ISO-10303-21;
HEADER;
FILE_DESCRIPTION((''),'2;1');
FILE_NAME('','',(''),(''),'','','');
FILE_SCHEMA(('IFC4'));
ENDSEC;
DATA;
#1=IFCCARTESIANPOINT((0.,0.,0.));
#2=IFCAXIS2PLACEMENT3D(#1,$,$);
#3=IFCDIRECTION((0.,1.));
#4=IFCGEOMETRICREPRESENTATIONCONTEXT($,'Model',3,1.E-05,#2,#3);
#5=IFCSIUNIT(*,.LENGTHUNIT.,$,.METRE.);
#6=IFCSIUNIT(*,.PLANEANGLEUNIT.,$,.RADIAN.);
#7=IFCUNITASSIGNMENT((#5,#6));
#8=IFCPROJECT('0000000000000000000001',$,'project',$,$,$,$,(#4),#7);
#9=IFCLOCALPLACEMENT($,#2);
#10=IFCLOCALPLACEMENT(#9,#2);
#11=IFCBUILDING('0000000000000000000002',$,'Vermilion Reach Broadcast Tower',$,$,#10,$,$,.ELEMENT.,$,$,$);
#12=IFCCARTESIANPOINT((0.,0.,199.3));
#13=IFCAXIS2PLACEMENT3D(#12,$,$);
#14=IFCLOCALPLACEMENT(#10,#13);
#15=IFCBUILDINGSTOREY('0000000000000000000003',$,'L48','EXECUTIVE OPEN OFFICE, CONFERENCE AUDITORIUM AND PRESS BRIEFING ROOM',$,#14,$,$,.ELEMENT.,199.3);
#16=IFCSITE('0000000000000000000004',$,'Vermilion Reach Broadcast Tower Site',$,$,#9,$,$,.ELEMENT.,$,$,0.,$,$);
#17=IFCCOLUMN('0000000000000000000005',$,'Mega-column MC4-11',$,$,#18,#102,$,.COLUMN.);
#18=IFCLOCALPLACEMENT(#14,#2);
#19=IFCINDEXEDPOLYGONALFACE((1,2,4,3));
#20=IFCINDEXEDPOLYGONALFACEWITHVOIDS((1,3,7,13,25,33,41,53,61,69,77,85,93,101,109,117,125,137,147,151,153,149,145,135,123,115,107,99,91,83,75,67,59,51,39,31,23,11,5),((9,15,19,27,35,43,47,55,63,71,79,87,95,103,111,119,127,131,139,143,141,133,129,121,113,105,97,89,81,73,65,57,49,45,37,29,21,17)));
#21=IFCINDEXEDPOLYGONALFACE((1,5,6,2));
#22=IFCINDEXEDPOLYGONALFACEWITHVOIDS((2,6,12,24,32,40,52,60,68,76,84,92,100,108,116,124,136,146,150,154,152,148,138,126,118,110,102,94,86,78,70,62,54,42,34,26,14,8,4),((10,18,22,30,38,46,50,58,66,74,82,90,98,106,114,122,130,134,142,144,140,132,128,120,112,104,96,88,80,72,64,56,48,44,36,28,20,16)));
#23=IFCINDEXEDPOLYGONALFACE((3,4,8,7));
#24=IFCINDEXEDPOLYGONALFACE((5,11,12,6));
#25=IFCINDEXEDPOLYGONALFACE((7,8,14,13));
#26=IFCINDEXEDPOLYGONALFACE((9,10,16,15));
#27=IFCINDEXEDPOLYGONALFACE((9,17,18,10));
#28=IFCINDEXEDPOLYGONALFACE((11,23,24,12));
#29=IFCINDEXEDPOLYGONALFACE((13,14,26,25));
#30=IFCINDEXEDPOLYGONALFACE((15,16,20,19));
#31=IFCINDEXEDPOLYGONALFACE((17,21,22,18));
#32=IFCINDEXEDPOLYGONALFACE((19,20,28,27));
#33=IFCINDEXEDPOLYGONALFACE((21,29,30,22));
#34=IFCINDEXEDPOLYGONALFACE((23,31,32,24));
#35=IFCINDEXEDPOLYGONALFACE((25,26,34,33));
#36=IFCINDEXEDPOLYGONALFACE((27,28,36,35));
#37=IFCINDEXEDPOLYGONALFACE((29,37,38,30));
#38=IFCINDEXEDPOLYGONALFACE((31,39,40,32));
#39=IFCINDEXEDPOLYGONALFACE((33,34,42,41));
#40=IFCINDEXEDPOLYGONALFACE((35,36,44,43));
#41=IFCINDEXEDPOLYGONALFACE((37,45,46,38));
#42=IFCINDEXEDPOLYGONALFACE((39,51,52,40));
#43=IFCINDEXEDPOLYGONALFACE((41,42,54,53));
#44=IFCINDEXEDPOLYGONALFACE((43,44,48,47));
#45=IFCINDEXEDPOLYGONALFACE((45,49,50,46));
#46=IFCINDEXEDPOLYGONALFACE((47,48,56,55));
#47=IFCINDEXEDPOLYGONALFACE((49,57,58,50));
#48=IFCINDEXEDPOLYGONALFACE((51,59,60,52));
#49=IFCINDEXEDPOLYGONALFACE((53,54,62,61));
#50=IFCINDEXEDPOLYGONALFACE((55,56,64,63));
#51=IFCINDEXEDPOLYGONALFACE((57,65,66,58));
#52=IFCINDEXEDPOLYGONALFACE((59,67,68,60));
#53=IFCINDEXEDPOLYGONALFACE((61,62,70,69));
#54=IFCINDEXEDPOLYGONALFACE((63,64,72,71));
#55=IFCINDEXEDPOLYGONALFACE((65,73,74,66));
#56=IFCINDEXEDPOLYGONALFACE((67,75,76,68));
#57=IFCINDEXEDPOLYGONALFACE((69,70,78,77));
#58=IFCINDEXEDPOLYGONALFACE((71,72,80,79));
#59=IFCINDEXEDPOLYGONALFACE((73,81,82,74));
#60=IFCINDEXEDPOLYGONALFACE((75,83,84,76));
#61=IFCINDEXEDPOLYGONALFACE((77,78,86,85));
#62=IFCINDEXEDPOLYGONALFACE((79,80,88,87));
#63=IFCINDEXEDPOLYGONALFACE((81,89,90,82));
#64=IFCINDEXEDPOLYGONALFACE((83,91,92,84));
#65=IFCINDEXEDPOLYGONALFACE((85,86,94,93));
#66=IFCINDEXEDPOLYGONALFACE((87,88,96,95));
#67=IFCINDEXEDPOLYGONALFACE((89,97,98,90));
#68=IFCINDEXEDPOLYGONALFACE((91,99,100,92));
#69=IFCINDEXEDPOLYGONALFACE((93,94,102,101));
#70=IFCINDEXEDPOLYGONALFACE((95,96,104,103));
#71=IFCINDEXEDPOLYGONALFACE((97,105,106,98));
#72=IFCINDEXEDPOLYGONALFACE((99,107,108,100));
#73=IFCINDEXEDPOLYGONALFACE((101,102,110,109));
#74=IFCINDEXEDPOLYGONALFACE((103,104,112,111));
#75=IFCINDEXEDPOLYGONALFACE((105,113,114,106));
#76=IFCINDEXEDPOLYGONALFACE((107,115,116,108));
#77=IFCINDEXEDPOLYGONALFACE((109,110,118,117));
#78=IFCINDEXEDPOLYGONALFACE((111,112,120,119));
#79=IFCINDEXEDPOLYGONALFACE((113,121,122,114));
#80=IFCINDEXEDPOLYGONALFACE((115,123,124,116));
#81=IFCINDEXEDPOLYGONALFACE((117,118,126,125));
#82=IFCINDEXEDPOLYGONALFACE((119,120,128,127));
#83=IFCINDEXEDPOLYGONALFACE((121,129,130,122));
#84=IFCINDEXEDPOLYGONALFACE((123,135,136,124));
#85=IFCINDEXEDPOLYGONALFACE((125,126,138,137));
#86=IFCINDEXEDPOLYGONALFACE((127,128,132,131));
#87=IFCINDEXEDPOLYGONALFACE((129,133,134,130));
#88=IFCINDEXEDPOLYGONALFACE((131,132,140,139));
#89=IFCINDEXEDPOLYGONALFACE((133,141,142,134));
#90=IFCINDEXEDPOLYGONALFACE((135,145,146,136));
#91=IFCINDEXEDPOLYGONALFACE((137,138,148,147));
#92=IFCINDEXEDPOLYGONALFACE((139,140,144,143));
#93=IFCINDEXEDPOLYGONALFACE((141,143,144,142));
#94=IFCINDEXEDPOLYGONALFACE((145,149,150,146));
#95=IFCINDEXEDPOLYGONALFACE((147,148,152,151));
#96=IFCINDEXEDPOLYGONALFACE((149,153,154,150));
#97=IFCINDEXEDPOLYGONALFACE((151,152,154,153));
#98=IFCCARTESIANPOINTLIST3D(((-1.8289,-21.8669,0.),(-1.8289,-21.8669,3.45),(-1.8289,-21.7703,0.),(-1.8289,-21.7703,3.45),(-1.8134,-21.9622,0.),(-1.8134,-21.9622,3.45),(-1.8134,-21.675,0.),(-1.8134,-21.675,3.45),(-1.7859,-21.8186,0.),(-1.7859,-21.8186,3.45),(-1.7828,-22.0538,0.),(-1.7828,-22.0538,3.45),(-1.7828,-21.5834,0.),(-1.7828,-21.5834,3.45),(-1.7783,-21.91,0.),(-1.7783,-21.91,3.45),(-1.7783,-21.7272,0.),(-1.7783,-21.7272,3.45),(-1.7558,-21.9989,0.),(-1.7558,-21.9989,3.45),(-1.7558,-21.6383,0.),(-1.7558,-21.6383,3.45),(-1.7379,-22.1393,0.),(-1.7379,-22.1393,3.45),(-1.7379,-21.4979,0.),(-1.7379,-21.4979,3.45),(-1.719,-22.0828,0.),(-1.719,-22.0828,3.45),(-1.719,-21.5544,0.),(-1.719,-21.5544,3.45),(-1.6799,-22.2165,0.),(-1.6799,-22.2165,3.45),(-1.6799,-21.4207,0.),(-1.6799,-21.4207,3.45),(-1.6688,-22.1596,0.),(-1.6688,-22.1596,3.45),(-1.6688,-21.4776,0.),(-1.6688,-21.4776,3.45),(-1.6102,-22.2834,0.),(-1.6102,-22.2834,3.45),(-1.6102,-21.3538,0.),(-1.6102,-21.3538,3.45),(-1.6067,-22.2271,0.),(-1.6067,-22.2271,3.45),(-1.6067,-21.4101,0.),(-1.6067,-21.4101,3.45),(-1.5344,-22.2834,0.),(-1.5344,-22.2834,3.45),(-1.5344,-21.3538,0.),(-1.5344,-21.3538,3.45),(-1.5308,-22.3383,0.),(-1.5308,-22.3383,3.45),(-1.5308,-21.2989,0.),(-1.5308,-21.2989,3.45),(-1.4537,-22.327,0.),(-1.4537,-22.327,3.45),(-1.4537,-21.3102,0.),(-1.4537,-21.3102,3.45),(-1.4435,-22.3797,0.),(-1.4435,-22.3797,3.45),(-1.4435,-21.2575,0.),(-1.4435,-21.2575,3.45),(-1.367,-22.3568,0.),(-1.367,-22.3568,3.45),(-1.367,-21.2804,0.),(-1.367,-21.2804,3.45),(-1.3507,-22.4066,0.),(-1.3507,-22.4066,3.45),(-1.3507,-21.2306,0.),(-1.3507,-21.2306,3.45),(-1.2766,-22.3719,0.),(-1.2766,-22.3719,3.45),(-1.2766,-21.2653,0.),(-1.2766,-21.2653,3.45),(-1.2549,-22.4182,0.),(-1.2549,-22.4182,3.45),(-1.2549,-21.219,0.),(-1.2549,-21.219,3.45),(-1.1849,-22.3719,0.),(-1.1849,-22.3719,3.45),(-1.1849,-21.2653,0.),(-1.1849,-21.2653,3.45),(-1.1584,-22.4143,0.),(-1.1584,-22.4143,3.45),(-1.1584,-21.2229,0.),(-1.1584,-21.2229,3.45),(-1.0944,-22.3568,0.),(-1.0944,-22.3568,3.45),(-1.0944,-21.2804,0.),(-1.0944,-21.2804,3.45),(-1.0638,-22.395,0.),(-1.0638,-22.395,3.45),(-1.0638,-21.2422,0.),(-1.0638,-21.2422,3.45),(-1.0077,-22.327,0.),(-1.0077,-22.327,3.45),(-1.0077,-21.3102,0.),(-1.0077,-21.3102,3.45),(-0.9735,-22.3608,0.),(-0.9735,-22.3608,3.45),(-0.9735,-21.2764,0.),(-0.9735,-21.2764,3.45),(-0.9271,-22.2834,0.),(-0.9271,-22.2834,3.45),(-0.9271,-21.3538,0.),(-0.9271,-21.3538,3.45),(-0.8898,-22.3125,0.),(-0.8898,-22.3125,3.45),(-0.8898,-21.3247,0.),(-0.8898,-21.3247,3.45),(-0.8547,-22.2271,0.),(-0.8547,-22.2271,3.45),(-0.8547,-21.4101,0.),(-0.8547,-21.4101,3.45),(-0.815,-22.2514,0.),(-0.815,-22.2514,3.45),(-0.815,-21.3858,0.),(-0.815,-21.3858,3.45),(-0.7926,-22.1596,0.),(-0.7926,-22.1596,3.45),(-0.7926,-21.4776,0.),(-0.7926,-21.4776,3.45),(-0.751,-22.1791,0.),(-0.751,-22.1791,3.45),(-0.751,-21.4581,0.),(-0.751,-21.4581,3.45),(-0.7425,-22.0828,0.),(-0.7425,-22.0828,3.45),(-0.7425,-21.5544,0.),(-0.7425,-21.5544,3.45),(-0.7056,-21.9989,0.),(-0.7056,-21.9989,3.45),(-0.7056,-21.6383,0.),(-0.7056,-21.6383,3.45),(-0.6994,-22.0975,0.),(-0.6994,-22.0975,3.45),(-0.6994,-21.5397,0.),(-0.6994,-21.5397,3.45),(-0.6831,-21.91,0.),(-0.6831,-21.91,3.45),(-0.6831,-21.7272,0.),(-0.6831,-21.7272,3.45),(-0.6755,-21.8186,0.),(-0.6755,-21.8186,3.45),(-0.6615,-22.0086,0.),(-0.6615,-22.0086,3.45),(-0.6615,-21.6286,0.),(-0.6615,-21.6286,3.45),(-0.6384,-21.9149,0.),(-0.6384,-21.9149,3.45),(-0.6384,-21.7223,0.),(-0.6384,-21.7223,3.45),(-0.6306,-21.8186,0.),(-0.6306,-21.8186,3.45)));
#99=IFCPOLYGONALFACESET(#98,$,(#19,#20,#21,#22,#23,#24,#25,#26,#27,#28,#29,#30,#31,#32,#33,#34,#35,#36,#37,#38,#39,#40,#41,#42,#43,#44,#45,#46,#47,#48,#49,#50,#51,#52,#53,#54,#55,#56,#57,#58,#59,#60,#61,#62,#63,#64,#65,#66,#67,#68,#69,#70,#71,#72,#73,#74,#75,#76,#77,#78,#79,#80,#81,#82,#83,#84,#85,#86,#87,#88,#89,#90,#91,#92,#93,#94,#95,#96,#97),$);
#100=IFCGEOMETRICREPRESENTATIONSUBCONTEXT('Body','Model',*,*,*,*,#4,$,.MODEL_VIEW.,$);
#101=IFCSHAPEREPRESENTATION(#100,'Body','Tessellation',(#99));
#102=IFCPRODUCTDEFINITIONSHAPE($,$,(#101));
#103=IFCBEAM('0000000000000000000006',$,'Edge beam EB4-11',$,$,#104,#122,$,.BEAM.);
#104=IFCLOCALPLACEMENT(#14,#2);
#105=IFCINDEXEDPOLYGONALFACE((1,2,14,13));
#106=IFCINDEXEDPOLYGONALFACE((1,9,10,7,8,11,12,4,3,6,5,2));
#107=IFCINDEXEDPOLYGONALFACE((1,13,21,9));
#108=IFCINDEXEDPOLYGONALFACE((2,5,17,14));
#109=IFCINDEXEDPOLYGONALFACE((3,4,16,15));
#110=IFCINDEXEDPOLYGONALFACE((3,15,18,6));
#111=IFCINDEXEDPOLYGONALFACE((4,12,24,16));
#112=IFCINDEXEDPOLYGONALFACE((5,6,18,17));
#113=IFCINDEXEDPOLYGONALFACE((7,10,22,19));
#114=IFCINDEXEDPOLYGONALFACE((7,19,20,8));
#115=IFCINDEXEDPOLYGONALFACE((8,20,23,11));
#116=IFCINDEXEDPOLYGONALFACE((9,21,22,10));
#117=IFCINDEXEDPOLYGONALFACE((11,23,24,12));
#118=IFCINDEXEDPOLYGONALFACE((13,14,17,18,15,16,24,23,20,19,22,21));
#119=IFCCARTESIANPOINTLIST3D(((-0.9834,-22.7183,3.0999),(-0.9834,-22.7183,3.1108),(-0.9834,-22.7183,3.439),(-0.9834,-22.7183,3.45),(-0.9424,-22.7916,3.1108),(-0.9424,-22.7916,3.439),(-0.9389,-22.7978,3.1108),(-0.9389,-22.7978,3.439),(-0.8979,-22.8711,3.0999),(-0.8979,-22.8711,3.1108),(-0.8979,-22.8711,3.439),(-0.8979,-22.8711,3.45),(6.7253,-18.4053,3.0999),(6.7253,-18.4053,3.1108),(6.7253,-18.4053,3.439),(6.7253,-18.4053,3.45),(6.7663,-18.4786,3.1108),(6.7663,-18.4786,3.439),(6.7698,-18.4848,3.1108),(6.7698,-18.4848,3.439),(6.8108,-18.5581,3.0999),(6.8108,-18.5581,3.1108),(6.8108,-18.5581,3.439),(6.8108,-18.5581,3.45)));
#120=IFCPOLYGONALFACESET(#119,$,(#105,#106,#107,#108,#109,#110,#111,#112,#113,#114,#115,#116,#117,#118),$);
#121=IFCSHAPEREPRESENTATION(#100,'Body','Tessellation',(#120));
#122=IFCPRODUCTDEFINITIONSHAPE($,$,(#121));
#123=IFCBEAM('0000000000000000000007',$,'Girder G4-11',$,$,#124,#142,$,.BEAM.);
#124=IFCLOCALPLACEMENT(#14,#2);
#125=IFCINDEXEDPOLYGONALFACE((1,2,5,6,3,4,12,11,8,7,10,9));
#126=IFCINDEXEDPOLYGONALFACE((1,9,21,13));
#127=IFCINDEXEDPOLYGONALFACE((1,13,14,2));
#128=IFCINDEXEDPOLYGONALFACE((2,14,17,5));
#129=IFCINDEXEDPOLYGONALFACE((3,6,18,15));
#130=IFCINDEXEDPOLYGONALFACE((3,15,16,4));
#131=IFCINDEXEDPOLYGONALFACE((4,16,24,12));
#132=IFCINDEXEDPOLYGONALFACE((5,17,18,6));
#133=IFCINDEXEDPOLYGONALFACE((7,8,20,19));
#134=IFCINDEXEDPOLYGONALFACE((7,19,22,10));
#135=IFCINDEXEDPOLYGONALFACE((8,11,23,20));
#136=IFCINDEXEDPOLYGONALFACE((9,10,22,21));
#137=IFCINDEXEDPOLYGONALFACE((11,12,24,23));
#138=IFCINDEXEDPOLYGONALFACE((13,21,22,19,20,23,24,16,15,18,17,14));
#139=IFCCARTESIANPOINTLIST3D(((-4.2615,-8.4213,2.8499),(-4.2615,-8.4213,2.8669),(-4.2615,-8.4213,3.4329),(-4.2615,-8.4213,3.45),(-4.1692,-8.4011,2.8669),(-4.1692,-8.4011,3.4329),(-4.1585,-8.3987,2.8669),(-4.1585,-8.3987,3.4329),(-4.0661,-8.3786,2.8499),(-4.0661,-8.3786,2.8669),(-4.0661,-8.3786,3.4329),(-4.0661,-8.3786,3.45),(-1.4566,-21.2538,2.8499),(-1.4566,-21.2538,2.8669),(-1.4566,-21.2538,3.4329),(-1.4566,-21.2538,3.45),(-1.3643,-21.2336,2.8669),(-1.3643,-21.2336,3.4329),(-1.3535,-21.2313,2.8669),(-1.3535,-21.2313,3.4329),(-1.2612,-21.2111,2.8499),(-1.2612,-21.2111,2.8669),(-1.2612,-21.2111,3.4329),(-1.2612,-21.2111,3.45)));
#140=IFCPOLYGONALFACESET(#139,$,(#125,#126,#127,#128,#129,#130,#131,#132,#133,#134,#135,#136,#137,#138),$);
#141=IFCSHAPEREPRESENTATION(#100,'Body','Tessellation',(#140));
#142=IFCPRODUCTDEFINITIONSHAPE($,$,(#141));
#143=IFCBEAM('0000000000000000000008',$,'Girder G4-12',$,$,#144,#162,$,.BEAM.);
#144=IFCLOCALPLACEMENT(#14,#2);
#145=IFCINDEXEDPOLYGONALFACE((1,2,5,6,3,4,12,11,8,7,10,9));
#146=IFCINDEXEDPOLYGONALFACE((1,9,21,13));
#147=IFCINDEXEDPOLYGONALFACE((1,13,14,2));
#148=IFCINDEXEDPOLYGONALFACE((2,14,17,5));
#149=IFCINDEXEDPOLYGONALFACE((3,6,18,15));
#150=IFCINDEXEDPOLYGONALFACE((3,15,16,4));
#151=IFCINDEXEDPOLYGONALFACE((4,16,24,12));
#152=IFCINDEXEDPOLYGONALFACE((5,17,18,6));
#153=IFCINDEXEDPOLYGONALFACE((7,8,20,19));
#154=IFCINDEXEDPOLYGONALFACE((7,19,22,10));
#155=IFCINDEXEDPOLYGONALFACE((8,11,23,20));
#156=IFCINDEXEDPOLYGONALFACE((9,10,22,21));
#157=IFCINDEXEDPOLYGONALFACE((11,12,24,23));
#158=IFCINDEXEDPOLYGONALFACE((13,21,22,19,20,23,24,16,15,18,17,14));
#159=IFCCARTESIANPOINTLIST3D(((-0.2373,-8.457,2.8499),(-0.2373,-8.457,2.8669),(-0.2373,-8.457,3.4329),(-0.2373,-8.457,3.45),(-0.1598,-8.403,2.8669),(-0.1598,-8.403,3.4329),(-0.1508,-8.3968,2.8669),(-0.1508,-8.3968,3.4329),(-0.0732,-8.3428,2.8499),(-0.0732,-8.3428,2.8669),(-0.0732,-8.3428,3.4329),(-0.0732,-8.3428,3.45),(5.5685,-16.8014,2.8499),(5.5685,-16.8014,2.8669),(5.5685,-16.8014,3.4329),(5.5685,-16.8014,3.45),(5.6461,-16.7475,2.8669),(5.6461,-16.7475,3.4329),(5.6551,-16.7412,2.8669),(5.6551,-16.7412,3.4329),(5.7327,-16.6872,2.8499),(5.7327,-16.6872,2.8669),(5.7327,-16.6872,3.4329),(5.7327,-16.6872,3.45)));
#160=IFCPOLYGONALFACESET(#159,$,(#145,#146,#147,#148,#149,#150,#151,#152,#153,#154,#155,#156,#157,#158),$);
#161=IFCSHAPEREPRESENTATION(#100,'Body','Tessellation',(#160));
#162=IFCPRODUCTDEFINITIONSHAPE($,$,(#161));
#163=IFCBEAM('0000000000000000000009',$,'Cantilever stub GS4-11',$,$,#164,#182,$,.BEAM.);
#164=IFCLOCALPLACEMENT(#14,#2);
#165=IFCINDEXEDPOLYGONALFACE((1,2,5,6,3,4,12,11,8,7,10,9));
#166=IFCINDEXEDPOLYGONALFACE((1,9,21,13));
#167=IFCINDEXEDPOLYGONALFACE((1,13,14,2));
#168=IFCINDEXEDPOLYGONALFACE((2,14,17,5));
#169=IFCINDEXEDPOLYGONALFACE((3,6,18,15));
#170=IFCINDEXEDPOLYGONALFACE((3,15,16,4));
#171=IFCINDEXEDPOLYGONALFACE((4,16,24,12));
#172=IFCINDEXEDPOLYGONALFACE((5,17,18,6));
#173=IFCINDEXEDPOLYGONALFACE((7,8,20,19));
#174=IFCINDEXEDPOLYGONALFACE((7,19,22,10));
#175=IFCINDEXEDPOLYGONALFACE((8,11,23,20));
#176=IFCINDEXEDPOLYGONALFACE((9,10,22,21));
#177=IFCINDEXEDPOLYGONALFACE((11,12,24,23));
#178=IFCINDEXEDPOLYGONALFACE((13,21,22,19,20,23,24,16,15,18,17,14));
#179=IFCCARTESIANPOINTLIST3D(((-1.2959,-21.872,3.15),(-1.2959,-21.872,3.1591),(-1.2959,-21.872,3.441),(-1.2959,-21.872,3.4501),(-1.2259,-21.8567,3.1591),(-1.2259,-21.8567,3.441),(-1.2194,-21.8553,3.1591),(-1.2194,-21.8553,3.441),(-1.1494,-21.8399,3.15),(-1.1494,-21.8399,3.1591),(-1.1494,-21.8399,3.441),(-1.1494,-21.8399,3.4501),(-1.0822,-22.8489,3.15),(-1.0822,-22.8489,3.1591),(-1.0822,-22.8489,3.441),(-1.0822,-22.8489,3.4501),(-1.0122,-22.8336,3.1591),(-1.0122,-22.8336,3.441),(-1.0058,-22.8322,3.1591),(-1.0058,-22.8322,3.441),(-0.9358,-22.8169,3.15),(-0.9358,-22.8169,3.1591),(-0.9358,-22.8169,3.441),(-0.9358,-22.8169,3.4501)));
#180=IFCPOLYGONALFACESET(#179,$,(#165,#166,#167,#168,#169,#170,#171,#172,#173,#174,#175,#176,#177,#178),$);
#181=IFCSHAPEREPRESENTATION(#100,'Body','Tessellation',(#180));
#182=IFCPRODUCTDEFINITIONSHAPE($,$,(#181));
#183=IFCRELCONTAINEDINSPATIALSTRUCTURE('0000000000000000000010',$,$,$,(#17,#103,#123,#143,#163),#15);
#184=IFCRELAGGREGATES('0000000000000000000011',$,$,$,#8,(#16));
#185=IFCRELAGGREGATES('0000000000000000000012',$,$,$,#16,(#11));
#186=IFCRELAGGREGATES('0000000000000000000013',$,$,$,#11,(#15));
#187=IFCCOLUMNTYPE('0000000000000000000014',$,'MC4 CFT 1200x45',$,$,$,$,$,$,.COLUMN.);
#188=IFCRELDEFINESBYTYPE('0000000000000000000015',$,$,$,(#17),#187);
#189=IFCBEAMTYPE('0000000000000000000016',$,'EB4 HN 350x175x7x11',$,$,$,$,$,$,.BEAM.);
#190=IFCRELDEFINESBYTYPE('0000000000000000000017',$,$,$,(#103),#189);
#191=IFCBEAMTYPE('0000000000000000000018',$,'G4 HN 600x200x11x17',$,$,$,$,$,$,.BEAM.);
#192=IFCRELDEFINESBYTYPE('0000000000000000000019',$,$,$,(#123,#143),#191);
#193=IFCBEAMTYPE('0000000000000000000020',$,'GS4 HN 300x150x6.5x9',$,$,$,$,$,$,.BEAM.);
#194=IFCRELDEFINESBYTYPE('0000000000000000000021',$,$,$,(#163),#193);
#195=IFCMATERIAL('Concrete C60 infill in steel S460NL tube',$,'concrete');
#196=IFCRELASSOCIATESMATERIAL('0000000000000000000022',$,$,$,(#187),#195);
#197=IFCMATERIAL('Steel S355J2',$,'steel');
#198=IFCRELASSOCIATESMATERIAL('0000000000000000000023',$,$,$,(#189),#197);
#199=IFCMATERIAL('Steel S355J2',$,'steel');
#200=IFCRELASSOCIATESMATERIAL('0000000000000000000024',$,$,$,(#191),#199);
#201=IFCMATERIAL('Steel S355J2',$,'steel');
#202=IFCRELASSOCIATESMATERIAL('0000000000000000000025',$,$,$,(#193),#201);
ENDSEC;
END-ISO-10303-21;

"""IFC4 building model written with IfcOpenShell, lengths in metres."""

from ifc_helpers import new_model, si_unit, direction, frame, origin, origin_2d, place, context, subcontext, project, spatial, hollow_circle, i_section, extrude, material, material_profile, profile_set, type_object, element, save


model = new_model("IFC4")

# Units and contexts
model_context = context("Model", 3, precision=1e-05, world=origin(), true_north=direction((0.0, 1.0)))
body_context = subcontext(model_context, "Body", "Model", "MODEL_VIEW")
ifc_project = project(units=[si_unit("LENGTHUNIT", "METRE"), si_unit("PLANEANGLEUNIT", "RADIAN")], contexts=[model_context])

# Site, building, storey
site_placement = place(None, origin())
site = spatial("IfcSite", under=ifc_project, at=site_placement, Name="Vermilion Reach Broadcast Tower Site", CompositionType="ELEMENT", RefElevation=0.0)
building_placement = place(site_placement, origin())
building = spatial("IfcBuilding", under=site, at=building_placement, Name="Vermilion Reach Broadcast Tower", CompositionType="ELEMENT")
storey_placement = place(building_placement, frame((0.0, 0.0, 199.3)))
storey = spatial("IfcBuildingStorey", under=building, at=storey_placement, Name="L48", Description="EXECUTIVE OPEN OFFICE, CONFERENCE AUDITORIUM AND PRESS BRIEFING ROOM", CompositionType="ELEMENT", Elevation=199.3)

# Column
ifc_material_1 = material(Name="Concrete C60 infill in steel S460NL tube", Category="concrete")
ifc_material_profile_1 = material_profile(ifc_material_1, hollow_circle(Radius=0.6001, WallThickness=0.0449, at=origin_2d()), Name="Concrete C60 infill in steel S460NL tube CFT 1200x45")
ifc_profile_set_1 = profile_set([ifc_material_profile_1], Name="Concrete C60 infill in steel S460NL tube")
column_type = type_object("IfcColumnType", Name="MC4 CFT 1200x45", PredefinedType="COLUMN", material=ifc_profile_set_1)
column_placement = place(storey_placement, frame((-1.2307, -21.8186, 0.0), z_axis=(0.0, 0.0, 1.0), x_axis=(1.0, 0.0, 0.0)))
element("IfcColumn", 1, at=column_placement, inside=storey, type_object=column_type, Name="Mega-column MC4-11", PredefinedType="COLUMN", context=body_context, shape_type="SweptSolid", body=[
    extrude(hollow_circle(Radius=0.6001, WallThickness=0.0449, at=origin_2d()), origin(), (0.0, 0.0, 1.0), 3.45),
])

# Beams
ifc_material_2 = material(Name="Steel S355J2", Category="steel")
ifc_material_profile_2 = material_profile(ifc_material_2, i_section(OverallWidth=0.175, OverallDepth=0.3501, WebThickness=0.0071, FlangeThickness=0.011, at=origin_2d()), Name="S355J2 HN 350x175x7x11")
ifc_profile_set_2 = profile_set([ifc_material_profile_2], Name="Steel S355J2")
beam_type_1 = type_object("IfcBeamType", Name="EB4 HN 350x175x7x11", PredefinedType="BEAM", material=ifc_profile_set_2)
beam_1_placement = place(storey_placement, frame((-0.9407, -22.7947, 3.2749), z_axis=(0.872694, 0.488267, 0.0), x_axis=(-0.488267, 0.872694, 0.0)))
element("IfcBeam", 2, at=beam_1_placement, inside=storey, type_object=beam_type_1, Name="Edge beam EB4-11", PredefinedType="BEAM", context=body_context, shape_type="SweptSolid", body=[
    extrude(i_section(OverallWidth=0.175, OverallDepth=0.3501, WebThickness=0.0071, FlangeThickness=0.011, at=origin_2d()), origin(), (0.0, 0.0, 1.0), 8.8333),
])
ifc_material_3 = material(Name="Steel S355J2", Category="steel")
ifc_material_profile_3 = material_profile(ifc_material_3, i_section(OverallWidth=0.2, OverallDepth=0.6001, WebThickness=0.011, FlangeThickness=0.0171, at=origin_2d()), Name="S355J2 HN 600x200x11x17")
ifc_profile_set_3 = profile_set([ifc_material_profile_3], Name="Steel S355J2")
beam_type_2 = type_object("IfcBeamType", Name="G4 HN 600x200x11x17", PredefinedType="BEAM", material=ifc_profile_set_3)
beam_2_placement = place(storey_placement, frame((-4.1638, -8.3999, 3.1499), z_axis=(0.213538, -0.976935, 0.0), x_axis=(0.976935, 0.213538, 0.0)))
element("IfcBeam", 3, at=beam_2_placement, inside=storey, type_object=beam_type_2, Name="Girder G4-11", PredefinedType="BEAM", context=body_context, shape_type="SweptSolid", body=[
    extrude(i_section(OverallWidth=0.2, OverallDepth=0.6001, WebThickness=0.011, FlangeThickness=0.0171, at=origin_2d()), origin(), (0.0, 0.0, 1.0), 13.1355),
])
beam_3_placement = place(storey_placement, frame((-0.1553, -8.3999, 3.1499), z_axis=(0.571134, -0.820857, 0.0), x_axis=(0.820857, 0.571134, 0.0)))
element("IfcBeam", 4, at=beam_3_placement, inside=storey, type_object=beam_type_2, Name="Girder G4-12", PredefinedType="BEAM", context=body_context, shape_type="SweptSolid", body=[
    extrude(i_section(OverallWidth=0.2, OverallDepth=0.6001, WebThickness=0.011, FlangeThickness=0.0171, at=origin_2d()), origin(), (0.0, 0.0, 1.0), 10.1655),
])
ifc_material_4 = material(Name="Steel S355J2", Category="steel")
ifc_material_profile_4 = material_profile(ifc_material_4, i_section(OverallWidth=0.1499, OverallDepth=0.3, WebThickness=0.0066, FlangeThickness=0.009, at=origin_2d()), Name="S355J2 HN 300x150x6.5x9")
ifc_profile_set_4 = profile_set([ifc_material_profile_4], Name="Steel S355J2")
beam_type_3 = type_object("IfcBeamType", Name="GS4 HN 300x150x6.5x9", PredefinedType="BEAM", material=ifc_profile_set_4)
beam_4_placement = place(storey_placement, frame((-1.2227, -21.856, 3.3), z_axis=(0.213646, -0.976911, 0.0), x_axis=(0.976911, 0.213646, 0.0)))
element("IfcBeam", 5, at=beam_4_placement, inside=storey, type_object=beam_type_3, Name="Cantilever stub GS4-11", PredefinedType="BEAM", context=body_context, shape_type="SweptSolid", body=[
    extrude(i_section(OverallWidth=0.1499, OverallDepth=0.3, WebThickness=0.0066, FlangeThickness=0.009, at=origin_2d()), origin(), (0.0, 0.0, 1.0), 1.0),
])

save(model, "model.ifc")
